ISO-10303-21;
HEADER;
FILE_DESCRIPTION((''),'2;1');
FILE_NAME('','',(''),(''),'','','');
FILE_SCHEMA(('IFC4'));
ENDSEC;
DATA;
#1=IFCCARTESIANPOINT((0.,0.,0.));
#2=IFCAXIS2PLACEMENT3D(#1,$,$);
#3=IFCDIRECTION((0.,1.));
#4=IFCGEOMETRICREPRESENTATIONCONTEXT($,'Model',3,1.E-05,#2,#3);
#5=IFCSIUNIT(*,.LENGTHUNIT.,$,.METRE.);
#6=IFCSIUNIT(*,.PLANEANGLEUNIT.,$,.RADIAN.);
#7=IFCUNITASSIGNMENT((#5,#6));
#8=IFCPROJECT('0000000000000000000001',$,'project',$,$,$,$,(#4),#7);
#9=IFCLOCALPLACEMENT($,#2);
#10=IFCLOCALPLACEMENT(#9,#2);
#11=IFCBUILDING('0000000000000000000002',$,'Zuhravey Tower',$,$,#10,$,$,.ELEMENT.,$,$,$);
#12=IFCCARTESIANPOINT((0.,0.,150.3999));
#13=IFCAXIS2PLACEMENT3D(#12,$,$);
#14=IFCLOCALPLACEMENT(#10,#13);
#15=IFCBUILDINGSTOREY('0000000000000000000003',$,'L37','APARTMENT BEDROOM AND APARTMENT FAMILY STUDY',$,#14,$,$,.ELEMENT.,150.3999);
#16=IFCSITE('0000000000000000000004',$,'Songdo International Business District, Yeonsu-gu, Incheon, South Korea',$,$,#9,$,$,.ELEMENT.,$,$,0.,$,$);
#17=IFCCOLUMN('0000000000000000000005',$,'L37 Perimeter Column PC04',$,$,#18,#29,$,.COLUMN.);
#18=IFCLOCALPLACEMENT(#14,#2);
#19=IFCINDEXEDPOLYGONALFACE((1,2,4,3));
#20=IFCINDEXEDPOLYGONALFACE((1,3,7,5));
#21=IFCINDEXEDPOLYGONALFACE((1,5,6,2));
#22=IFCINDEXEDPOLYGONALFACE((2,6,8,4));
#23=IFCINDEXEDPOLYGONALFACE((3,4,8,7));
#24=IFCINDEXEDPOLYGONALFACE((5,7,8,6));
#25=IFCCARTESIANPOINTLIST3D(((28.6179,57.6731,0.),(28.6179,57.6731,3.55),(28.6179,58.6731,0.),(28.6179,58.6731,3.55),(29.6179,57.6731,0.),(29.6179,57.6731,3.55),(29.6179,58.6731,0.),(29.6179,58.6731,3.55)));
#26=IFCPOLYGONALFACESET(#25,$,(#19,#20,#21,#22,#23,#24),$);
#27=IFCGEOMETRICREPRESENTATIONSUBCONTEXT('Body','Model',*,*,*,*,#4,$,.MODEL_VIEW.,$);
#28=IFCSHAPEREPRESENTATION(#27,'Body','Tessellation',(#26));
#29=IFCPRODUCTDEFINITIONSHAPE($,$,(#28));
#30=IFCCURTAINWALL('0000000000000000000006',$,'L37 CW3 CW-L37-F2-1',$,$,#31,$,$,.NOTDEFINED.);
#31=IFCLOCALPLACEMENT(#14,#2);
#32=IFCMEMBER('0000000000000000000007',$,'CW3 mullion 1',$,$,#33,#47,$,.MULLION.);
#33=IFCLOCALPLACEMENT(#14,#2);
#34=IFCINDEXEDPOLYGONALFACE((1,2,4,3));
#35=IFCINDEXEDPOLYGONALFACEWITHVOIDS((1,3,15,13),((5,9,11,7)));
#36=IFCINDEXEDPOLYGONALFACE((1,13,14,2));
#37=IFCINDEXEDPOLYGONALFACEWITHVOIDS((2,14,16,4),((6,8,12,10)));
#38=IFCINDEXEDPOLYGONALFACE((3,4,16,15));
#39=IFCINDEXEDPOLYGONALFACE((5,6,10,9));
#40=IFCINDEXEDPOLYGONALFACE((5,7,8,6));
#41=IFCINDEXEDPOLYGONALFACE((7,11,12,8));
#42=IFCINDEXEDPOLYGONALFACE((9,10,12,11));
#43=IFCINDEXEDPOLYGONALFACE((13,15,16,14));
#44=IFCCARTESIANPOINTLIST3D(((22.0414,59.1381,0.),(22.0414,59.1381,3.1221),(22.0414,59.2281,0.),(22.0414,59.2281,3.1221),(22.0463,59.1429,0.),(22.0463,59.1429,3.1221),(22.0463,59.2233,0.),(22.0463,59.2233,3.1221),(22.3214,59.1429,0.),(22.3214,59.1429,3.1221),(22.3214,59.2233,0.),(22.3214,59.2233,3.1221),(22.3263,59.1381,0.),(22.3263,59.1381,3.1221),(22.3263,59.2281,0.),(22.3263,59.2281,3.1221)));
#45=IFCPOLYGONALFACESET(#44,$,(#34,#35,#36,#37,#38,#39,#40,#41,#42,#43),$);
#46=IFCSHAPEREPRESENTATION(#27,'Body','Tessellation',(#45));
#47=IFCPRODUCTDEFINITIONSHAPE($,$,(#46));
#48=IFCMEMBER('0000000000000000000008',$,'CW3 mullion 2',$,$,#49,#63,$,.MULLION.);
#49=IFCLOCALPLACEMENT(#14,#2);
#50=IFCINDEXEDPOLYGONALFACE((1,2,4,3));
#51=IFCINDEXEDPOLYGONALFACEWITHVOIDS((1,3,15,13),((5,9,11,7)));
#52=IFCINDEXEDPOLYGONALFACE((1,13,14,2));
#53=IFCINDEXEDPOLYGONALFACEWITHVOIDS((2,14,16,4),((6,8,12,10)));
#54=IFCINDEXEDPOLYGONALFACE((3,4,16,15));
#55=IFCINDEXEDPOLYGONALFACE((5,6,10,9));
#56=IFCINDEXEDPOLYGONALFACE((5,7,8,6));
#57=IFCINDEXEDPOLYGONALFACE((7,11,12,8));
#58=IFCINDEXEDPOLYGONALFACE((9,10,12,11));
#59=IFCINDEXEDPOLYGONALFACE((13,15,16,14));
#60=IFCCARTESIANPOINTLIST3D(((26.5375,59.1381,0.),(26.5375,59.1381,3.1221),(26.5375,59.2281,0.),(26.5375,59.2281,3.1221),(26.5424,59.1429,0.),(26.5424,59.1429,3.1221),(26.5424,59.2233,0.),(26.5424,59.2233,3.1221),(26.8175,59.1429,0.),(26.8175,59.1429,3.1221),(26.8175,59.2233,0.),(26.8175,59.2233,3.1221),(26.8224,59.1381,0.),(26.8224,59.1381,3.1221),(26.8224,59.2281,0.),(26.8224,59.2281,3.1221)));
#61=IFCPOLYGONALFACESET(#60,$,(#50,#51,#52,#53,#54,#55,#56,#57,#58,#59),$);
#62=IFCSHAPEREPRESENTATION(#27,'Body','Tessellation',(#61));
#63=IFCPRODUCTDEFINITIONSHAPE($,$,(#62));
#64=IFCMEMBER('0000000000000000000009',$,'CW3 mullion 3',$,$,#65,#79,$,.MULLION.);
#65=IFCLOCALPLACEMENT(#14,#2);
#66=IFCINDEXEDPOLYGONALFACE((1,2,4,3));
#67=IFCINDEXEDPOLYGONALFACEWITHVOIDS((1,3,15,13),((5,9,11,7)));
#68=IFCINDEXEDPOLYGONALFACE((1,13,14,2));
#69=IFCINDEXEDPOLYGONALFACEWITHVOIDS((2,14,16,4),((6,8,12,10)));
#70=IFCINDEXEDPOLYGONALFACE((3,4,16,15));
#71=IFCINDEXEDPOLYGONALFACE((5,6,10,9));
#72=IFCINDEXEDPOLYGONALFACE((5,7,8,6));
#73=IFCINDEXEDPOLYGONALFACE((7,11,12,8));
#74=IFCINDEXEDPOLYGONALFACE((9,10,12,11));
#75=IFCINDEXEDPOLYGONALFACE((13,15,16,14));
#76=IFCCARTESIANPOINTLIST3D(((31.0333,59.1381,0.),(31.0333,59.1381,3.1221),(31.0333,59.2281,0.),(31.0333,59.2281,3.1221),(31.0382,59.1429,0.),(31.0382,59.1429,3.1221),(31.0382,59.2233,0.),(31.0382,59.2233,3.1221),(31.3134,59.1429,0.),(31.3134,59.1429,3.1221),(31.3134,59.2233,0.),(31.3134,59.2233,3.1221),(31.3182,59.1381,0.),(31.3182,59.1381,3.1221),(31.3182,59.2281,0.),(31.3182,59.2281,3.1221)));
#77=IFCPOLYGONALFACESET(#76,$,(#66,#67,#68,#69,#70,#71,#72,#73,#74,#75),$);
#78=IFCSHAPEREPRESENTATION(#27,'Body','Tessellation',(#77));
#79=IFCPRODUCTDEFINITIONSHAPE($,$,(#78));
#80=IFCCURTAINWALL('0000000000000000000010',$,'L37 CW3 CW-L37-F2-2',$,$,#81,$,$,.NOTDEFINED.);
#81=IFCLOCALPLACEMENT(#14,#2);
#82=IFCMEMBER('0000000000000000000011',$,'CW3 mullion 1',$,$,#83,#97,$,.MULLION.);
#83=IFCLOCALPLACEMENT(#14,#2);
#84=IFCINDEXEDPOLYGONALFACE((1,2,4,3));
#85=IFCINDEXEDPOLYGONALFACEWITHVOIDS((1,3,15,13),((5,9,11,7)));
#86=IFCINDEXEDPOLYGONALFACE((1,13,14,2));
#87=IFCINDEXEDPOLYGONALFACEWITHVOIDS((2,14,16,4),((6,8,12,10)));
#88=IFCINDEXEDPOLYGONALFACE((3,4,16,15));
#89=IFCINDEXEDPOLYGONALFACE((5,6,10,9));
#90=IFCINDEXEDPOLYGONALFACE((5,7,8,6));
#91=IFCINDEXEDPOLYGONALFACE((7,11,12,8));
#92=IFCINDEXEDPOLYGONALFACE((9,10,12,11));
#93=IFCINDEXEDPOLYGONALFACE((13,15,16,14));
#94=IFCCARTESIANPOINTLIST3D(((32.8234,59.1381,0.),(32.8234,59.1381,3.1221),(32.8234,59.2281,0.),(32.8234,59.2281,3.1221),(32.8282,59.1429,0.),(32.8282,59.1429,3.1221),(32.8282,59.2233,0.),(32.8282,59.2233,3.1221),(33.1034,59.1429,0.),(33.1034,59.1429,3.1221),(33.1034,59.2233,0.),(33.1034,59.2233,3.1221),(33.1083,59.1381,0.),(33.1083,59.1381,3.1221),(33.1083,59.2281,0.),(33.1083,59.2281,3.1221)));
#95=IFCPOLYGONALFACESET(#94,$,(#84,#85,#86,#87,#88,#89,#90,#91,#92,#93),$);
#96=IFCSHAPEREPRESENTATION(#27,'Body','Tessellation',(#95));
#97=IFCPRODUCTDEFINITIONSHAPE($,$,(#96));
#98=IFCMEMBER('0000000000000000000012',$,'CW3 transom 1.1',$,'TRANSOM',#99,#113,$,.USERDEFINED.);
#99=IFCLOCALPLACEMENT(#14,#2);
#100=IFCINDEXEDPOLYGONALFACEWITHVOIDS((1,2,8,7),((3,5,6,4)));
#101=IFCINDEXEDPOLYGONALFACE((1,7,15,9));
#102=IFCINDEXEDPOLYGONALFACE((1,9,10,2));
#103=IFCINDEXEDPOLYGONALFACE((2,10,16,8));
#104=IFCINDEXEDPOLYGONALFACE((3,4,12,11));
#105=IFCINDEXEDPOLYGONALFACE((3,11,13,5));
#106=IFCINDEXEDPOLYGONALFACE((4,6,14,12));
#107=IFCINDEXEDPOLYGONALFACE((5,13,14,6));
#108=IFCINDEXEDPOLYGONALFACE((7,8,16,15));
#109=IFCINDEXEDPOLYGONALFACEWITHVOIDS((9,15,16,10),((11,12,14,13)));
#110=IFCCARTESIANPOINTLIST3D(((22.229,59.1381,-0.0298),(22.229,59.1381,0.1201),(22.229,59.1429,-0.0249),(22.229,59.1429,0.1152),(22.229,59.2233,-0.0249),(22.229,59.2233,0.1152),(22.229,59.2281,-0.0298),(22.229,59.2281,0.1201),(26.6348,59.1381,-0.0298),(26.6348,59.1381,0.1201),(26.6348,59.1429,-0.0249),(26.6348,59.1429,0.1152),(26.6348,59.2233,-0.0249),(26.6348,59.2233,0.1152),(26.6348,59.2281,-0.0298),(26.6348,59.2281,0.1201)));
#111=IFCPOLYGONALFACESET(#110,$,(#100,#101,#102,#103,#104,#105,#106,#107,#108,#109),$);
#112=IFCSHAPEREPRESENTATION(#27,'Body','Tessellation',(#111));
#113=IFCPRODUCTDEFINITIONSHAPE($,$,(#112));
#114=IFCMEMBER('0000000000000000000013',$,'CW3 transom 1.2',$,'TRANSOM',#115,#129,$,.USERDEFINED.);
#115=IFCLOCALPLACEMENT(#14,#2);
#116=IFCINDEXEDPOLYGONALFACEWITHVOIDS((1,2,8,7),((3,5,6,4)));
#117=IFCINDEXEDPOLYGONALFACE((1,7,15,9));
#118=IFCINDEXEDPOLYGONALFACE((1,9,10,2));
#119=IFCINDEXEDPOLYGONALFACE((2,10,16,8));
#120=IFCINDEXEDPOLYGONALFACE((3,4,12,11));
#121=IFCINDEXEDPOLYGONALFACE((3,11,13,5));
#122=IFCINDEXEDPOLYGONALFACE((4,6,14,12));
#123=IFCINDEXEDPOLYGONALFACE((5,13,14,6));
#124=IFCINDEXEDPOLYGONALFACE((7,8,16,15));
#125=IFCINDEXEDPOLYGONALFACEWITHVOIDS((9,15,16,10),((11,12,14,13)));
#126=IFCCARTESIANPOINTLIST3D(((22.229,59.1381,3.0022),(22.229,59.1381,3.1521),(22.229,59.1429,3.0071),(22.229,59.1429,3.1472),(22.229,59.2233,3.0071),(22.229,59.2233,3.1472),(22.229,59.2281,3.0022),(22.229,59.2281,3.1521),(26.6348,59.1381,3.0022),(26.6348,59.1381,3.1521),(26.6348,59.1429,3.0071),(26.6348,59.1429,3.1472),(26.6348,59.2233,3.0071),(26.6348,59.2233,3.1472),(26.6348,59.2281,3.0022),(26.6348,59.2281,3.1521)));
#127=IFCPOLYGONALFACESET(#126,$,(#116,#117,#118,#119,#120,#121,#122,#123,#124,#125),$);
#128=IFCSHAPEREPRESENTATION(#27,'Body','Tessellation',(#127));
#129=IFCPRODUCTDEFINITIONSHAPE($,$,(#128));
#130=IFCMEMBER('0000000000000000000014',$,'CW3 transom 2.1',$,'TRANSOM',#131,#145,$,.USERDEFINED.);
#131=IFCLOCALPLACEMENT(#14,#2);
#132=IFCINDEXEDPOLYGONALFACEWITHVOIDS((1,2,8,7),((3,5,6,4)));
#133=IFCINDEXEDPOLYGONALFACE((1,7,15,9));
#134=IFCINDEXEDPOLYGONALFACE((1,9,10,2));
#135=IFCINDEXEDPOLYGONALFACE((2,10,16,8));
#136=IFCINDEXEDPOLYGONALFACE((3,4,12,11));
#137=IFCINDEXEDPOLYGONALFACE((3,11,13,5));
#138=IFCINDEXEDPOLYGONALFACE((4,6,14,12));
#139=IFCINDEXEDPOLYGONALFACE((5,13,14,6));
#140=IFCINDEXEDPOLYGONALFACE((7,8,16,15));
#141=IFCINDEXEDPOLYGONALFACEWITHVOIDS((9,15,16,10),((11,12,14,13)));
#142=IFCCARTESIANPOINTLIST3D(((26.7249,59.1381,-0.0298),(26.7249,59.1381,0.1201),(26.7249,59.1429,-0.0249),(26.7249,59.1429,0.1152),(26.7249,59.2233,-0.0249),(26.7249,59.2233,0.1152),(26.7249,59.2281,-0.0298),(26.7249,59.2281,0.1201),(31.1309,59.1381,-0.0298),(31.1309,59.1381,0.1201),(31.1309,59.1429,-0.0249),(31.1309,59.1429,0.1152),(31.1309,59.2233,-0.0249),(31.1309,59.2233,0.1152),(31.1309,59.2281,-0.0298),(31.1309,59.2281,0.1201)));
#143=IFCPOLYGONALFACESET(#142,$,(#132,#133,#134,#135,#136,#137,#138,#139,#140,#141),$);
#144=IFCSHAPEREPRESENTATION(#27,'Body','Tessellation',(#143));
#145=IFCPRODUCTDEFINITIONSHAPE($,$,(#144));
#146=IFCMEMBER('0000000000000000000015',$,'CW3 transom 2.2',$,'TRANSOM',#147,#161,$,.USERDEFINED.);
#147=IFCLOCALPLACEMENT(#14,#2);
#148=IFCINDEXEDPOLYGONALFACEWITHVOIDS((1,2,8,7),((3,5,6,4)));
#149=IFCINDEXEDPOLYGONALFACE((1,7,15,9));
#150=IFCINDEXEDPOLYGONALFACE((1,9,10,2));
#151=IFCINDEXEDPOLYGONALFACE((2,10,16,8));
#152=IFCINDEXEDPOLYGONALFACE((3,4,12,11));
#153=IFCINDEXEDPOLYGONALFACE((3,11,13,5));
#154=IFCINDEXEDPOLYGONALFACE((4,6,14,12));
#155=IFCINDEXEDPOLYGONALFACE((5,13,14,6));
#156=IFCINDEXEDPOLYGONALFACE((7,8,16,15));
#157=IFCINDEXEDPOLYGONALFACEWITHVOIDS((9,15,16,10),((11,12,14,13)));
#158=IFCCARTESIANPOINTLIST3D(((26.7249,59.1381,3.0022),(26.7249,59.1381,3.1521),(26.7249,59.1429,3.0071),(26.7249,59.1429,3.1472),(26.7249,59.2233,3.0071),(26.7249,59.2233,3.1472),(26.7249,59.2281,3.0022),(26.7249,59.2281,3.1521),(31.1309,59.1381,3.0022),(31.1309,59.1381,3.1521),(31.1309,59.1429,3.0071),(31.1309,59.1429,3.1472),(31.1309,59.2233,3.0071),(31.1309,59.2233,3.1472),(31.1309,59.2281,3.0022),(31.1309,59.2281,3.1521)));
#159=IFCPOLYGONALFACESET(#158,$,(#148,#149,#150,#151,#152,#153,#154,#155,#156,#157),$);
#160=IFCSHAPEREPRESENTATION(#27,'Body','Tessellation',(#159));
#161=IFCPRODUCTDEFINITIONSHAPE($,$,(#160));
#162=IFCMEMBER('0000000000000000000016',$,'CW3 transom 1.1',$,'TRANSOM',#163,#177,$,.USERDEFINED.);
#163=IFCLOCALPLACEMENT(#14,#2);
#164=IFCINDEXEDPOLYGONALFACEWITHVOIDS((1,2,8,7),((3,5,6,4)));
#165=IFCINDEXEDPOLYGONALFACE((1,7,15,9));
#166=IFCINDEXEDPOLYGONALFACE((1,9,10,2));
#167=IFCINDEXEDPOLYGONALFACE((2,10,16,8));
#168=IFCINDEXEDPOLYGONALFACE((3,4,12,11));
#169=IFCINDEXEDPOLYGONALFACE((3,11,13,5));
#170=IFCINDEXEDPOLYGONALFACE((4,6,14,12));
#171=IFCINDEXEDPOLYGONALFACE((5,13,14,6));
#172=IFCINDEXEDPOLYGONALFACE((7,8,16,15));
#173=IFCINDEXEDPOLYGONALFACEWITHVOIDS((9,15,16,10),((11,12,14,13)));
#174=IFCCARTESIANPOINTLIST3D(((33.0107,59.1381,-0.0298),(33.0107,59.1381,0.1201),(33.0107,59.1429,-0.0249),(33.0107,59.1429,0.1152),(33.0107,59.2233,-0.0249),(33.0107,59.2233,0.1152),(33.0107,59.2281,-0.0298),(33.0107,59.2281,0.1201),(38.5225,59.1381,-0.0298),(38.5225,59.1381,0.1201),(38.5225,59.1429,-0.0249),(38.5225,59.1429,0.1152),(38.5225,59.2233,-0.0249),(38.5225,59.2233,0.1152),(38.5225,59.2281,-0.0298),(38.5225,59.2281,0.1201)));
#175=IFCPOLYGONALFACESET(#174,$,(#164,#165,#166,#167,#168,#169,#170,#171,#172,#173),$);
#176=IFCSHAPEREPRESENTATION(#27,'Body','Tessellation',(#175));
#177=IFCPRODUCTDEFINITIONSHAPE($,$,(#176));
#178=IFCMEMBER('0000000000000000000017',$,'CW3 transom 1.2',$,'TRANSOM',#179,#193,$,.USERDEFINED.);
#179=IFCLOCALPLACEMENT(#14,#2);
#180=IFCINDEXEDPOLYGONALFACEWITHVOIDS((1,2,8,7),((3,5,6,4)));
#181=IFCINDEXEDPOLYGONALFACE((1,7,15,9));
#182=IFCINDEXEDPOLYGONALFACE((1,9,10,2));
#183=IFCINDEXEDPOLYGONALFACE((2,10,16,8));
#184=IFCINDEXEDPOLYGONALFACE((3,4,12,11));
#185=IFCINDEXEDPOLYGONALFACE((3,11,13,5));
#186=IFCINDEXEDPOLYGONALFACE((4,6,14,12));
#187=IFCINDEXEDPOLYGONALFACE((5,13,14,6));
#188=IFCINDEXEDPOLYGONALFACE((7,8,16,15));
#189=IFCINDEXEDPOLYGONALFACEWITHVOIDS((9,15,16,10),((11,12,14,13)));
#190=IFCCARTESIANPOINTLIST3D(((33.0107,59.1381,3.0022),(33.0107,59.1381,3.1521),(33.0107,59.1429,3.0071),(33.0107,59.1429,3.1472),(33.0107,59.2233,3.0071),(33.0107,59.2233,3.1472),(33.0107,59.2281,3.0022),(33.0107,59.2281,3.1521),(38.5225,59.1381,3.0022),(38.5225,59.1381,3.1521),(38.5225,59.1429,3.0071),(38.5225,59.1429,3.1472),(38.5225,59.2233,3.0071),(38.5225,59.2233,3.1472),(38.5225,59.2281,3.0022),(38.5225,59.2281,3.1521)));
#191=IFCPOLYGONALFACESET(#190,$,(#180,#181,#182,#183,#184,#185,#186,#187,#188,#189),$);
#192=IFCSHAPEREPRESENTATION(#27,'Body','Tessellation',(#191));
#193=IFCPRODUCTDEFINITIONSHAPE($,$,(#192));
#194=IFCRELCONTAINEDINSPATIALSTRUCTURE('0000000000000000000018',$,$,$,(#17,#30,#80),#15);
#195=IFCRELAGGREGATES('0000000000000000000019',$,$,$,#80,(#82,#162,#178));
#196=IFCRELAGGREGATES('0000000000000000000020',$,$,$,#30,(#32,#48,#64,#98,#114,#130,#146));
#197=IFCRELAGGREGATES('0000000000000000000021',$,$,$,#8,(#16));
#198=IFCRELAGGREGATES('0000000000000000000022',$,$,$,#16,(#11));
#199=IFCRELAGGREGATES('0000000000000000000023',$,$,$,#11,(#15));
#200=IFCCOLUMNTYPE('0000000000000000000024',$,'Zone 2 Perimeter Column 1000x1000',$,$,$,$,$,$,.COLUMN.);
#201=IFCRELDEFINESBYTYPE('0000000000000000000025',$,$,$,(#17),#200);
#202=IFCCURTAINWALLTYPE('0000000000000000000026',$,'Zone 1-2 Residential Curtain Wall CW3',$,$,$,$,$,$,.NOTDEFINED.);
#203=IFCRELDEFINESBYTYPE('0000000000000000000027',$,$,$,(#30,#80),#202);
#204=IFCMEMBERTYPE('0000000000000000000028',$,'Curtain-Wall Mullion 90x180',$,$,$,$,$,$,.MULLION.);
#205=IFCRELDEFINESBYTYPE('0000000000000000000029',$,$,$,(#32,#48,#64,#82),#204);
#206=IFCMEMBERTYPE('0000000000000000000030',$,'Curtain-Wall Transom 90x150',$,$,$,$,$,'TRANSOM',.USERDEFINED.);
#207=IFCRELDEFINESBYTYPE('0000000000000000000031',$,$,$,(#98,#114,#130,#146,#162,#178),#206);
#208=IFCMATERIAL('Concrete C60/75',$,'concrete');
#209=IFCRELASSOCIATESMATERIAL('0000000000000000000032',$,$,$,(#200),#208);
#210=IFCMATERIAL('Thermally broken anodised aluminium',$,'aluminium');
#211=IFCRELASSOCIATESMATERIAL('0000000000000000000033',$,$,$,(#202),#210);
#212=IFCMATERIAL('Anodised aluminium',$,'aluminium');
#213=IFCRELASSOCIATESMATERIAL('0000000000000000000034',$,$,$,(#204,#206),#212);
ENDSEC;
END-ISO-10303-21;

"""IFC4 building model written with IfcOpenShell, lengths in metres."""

from ifc_helpers import new_model, si_unit, direction, frame, origin, origin_2d, place, context, subcontext, project, spatial, rectangle, hollow_rectangle, extrude, material, material_profile, profile_set, type_object, element, aggregate, save


model = new_model("IFC4")

# Units and contexts
model_context = context("Model", 3, precision=1e-05, world=origin(), true_north=direction((0.0, 1.0)))
body_context = subcontext(model_context, "Body", "Model", "MODEL_VIEW")
ifc_project = project(units=[si_unit("LENGTHUNIT", "METRE"), si_unit("PLANEANGLEUNIT", "RADIAN")], contexts=[model_context])

# Site, building, storey
site_placement = place(None, origin())
site = spatial("IfcSite", under=ifc_project, at=site_placement, Name="Songdo International Business District, Yeonsu-gu, Incheon, South Korea", CompositionType="ELEMENT", RefElevation=0.0)
building_placement = place(site_placement, origin())
building = spatial("IfcBuilding", under=site, at=building_placement, Name="Zuhravey Tower", CompositionType="ELEMENT")
storey_placement = place(building_placement, frame((0.0, 0.0, 150.3999)))
storey = spatial("IfcBuildingStorey", under=building, at=storey_placement, Name="L37", Description="APARTMENT BEDROOM AND APARTMENT FAMILY STUDY", CompositionType="ELEMENT", Elevation=150.3999)

# Column
ifc_material_1 = material(Name="Concrete C60/75", Category="concrete")
ifc_material_profile_1 = material_profile(ifc_material_1, rectangle(XDim=1.0, YDim=1.0, at=origin_2d()), Name="RC-1000x1000")
ifc_profile_set_1 = profile_set([ifc_material_profile_1], Name="Concrete C60/75")
column_type = type_object("IfcColumnType", Name="Zone 2 Perimeter Column 1000x1000", PredefinedType="COLUMN", material=ifc_profile_set_1)
column_placement = place(storey_placement, frame((29.1179, 58.1731, 0.0), z_axis=(0.0, 0.0, 1.0), x_axis=(-1.0, 0.0, 0.0)))
element("IfcColumn", 1, at=column_placement, inside=storey, type_object=column_type, Name="L37 Perimeter Column PC04", PredefinedType="COLUMN", context=body_context, shape_type="SweptSolid", body=[
    extrude(rectangle(XDim=1.0, YDim=1.0, at=origin_2d()), origin(), (0.0, 0.0, 1.0), 3.55),
])

# Curtain wall, members
ifc_material_2 = material(Name="Thermally broken anodised aluminium", Category="aluminium")
curtain_wall_type = type_object("IfcCurtainWallType", Name="Zone 1-2 Residential Curtain Wall CW3", PredefinedType="NOTDEFINED", material=ifc_material_2)
curtain_wall_1_placement = place(storey_placement, origin())
curtain_wall_1 = element("IfcCurtainWall", 2, at=curtain_wall_1_placement, inside=storey, type_object=curtain_wall_type, Name="L37 CW3 CW-L37-F2-1", PredefinedType="NOTDEFINED")
ifc_material_3 = material(Name="Anodised aluminium", Category="aluminium")
ifc_material_profile_2 = material_profile(ifc_material_3, hollow_rectangle(XDim=0.0901, YDim=0.2849, WallThickness=0.0049, at=origin_2d()), Name="ALU-RHS-90x285x5")
ifc_profile_set_2 = profile_set([ifc_material_profile_2], Name="Anodised aluminium")
member_type_1 = type_object("IfcMemberType", Name="Curtain-Wall Mullion 90x180", PredefinedType="MULLION", material=ifc_profile_set_2)
member_1_placement = place(storey_placement, frame((22.1838, 59.1831, 0.0), z_axis=(0.0, 0.0, 1.0), x_axis=(0.0, 1.0, 0.0)))
member_1 = element("IfcMember", 3, at=member_1_placement, type_object=member_type_1, Name="CW3 mullion 1", PredefinedType="MULLION", context=body_context, shape_type="SweptSolid", body=[
    extrude(hollow_rectangle(XDim=0.0901, YDim=0.2849, WallThickness=0.0049, at=origin_2d()), origin(), (0.0, 0.0, 1.0), 3.1221),
])
member_2_placement = place(storey_placement, frame((26.6799, 59.1831, 0.0), z_axis=(0.0, 0.0, 1.0), x_axis=(0.0, 1.0, 0.0)))
member_2 = element("IfcMember", 4, at=member_2_placement, type_object=member_type_1, Name="CW3 mullion 2", PredefinedType="MULLION", context=body_context, shape_type="SweptSolid", body=[
    extrude(hollow_rectangle(XDim=0.0901, YDim=0.2849, WallThickness=0.0049, at=origin_2d()), origin(), (0.0, 0.0, 1.0), 3.1221),
])
member_3_placement = place(storey_placement, frame((31.1758, 59.1831, 0.0), z_axis=(0.0, 0.0, 1.0), x_axis=(0.0, 1.0, 0.0)))
member_3 = element("IfcMember", 5, at=member_3_placement, type_object=member_type_1, Name="CW3 mullion 3", PredefinedType="MULLION", context=body_context, shape_type="SweptSolid", body=[
    extrude(hollow_rectangle(XDim=0.0901, YDim=0.2849, WallThickness=0.0049, at=origin_2d()), origin(), (0.0, 0.0, 1.0), 3.1221),
])

# Curtain wall, member
curtain_wall_2_placement = place(storey_placement, origin())
curtain_wall_2 = element("IfcCurtainWall", 6, at=curtain_wall_2_placement, inside=storey, type_object=curtain_wall_type, Name="L37 CW3 CW-L37-F2-2", PredefinedType="NOTDEFINED")
member_4_placement = place(storey_placement, frame((32.9658, 59.1831, 0.0), z_axis=(0.0, 0.0, 1.0), x_axis=(0.0, 1.0, 0.0)))
member_4 = element("IfcMember", 7, at=member_4_placement, type_object=member_type_1, Name="CW3 mullion 1", PredefinedType="MULLION", context=body_context, shape_type="SweptSolid", body=[
    extrude(hollow_rectangle(XDim=0.0901, YDim=0.2849, WallThickness=0.0049, at=origin_2d()), origin(), (0.0, 0.0, 1.0), 3.1221),
])

# Members
ifc_material_profile_3 = material_profile(ifc_material_3, hollow_rectangle(XDim=0.0901, YDim=0.1499, WallThickness=0.0049, at=origin_2d()), Name="ALU-RHS-90x150x5")
ifc_profile_set_3 = profile_set([ifc_material_profile_3], Name="Anodised aluminium")
member_type_2 = type_object("IfcMemberType", Name="Curtain-Wall Transom 90x150", ElementType="TRANSOM", PredefinedType="USERDEFINED", material=ifc_profile_set_3)
member_5_placement = place(storey_placement, frame((22.229, 59.1831, 0.0452), z_axis=(1.0, 0.0, 0.0), x_axis=(0.0, 1.0, 0.0)))
member_5 = element("IfcMember", 8, at=member_5_placement, type_object=member_type_2, Name="CW3 transom 1.1", ObjectType="TRANSOM", PredefinedType="USERDEFINED", context=body_context, shape_type="SweptSolid", body=[
    extrude(hollow_rectangle(XDim=0.0901, YDim=0.1499, WallThickness=0.0049, at=origin_2d()), origin(), (0.0, 0.0, 1.0), 4.4058),
])
member_6_placement = place(storey_placement, frame((22.229, 59.1831, 3.0771), z_axis=(1.0, 0.0, 0.0), x_axis=(0.0, 1.0, 0.0)))
member_6 = element("IfcMember", 9, at=member_6_placement, type_object=member_type_2, Name="CW3 transom 1.2", ObjectType="TRANSOM", PredefinedType="USERDEFINED", context=body_context, shape_type="SweptSolid", body=[
    extrude(hollow_rectangle(XDim=0.0901, YDim=0.1499, WallThickness=0.0049, at=origin_2d()), origin(), (0.0, 0.0, 1.0), 4.4058),
])
member_7_placement = place(storey_placement, frame((26.7249, 59.1831, 0.0452), z_axis=(1.0, 0.0, 0.0), x_axis=(0.0, 1.0, 0.0)))
member_7 = element("IfcMember", 10, at=member_7_placement, type_object=member_type_2, Name="CW3 transom 2.1", ObjectType="TRANSOM", PredefinedType="USERDEFINED", context=body_context, shape_type="SweptSolid", body=[
    extrude(hollow_rectangle(XDim=0.0901, YDim=0.1499, WallThickness=0.0049, at=origin_2d()), origin(), (0.0, 0.0, 1.0), 4.406),
])
member_8_placement = place(storey_placement, frame((26.7249, 59.1831, 3.0771), z_axis=(1.0, 0.0, 0.0), x_axis=(0.0, 1.0, 0.0)))
member_8 = element("IfcMember", 11, at=member_8_placement, type_object=member_type_2, Name="CW3 transom 2.2", ObjectType="TRANSOM", PredefinedType="USERDEFINED", context=body_context, shape_type="SweptSolid", body=[
    extrude(hollow_rectangle(XDim=0.0901, YDim=0.1499, WallThickness=0.0049, at=origin_2d()), origin(), (0.0, 0.0, 1.0), 4.406),
])
member_9_placement = place(storey_placement, frame((33.0107, 59.1831, 0.0452), z_axis=(1.0, 0.0, 0.0), x_axis=(0.0, 1.0, 0.0)))
member_9 = element("IfcMember", 12, at=member_9_placement, type_object=member_type_2, Name="CW3 transom 1.1", ObjectType="TRANSOM", PredefinedType="USERDEFINED", context=body_context, shape_type="SweptSolid", body=[
    extrude(hollow_rectangle(XDim=0.0901, YDim=0.1499, WallThickness=0.0049, at=origin_2d()), origin(), (0.0, 0.0, 1.0), 5.5117),
])
member_10_placement = place(storey_placement, frame((33.0107, 59.1831, 3.0771), z_axis=(1.0, 0.0, 0.0), x_axis=(0.0, 1.0, 0.0)))
member_10 = element("IfcMember", 13, at=member_10_placement, type_object=member_type_2, Name="CW3 transom 1.2", ObjectType="TRANSOM", PredefinedType="USERDEFINED", context=body_context, shape_type="SweptSolid", body=[
    extrude(hollow_rectangle(XDim=0.0901, YDim=0.1499, WallThickness=0.0049, at=origin_2d()), origin(), (0.0, 0.0, 1.0), 5.5117),
])
aggregate(curtain_wall_2, [member_4, member_9, member_10])

aggregate(curtain_wall_1, [member_1, member_2, member_3, member_5, member_6, member_7, member_8])

save(model, "model.ifc")
